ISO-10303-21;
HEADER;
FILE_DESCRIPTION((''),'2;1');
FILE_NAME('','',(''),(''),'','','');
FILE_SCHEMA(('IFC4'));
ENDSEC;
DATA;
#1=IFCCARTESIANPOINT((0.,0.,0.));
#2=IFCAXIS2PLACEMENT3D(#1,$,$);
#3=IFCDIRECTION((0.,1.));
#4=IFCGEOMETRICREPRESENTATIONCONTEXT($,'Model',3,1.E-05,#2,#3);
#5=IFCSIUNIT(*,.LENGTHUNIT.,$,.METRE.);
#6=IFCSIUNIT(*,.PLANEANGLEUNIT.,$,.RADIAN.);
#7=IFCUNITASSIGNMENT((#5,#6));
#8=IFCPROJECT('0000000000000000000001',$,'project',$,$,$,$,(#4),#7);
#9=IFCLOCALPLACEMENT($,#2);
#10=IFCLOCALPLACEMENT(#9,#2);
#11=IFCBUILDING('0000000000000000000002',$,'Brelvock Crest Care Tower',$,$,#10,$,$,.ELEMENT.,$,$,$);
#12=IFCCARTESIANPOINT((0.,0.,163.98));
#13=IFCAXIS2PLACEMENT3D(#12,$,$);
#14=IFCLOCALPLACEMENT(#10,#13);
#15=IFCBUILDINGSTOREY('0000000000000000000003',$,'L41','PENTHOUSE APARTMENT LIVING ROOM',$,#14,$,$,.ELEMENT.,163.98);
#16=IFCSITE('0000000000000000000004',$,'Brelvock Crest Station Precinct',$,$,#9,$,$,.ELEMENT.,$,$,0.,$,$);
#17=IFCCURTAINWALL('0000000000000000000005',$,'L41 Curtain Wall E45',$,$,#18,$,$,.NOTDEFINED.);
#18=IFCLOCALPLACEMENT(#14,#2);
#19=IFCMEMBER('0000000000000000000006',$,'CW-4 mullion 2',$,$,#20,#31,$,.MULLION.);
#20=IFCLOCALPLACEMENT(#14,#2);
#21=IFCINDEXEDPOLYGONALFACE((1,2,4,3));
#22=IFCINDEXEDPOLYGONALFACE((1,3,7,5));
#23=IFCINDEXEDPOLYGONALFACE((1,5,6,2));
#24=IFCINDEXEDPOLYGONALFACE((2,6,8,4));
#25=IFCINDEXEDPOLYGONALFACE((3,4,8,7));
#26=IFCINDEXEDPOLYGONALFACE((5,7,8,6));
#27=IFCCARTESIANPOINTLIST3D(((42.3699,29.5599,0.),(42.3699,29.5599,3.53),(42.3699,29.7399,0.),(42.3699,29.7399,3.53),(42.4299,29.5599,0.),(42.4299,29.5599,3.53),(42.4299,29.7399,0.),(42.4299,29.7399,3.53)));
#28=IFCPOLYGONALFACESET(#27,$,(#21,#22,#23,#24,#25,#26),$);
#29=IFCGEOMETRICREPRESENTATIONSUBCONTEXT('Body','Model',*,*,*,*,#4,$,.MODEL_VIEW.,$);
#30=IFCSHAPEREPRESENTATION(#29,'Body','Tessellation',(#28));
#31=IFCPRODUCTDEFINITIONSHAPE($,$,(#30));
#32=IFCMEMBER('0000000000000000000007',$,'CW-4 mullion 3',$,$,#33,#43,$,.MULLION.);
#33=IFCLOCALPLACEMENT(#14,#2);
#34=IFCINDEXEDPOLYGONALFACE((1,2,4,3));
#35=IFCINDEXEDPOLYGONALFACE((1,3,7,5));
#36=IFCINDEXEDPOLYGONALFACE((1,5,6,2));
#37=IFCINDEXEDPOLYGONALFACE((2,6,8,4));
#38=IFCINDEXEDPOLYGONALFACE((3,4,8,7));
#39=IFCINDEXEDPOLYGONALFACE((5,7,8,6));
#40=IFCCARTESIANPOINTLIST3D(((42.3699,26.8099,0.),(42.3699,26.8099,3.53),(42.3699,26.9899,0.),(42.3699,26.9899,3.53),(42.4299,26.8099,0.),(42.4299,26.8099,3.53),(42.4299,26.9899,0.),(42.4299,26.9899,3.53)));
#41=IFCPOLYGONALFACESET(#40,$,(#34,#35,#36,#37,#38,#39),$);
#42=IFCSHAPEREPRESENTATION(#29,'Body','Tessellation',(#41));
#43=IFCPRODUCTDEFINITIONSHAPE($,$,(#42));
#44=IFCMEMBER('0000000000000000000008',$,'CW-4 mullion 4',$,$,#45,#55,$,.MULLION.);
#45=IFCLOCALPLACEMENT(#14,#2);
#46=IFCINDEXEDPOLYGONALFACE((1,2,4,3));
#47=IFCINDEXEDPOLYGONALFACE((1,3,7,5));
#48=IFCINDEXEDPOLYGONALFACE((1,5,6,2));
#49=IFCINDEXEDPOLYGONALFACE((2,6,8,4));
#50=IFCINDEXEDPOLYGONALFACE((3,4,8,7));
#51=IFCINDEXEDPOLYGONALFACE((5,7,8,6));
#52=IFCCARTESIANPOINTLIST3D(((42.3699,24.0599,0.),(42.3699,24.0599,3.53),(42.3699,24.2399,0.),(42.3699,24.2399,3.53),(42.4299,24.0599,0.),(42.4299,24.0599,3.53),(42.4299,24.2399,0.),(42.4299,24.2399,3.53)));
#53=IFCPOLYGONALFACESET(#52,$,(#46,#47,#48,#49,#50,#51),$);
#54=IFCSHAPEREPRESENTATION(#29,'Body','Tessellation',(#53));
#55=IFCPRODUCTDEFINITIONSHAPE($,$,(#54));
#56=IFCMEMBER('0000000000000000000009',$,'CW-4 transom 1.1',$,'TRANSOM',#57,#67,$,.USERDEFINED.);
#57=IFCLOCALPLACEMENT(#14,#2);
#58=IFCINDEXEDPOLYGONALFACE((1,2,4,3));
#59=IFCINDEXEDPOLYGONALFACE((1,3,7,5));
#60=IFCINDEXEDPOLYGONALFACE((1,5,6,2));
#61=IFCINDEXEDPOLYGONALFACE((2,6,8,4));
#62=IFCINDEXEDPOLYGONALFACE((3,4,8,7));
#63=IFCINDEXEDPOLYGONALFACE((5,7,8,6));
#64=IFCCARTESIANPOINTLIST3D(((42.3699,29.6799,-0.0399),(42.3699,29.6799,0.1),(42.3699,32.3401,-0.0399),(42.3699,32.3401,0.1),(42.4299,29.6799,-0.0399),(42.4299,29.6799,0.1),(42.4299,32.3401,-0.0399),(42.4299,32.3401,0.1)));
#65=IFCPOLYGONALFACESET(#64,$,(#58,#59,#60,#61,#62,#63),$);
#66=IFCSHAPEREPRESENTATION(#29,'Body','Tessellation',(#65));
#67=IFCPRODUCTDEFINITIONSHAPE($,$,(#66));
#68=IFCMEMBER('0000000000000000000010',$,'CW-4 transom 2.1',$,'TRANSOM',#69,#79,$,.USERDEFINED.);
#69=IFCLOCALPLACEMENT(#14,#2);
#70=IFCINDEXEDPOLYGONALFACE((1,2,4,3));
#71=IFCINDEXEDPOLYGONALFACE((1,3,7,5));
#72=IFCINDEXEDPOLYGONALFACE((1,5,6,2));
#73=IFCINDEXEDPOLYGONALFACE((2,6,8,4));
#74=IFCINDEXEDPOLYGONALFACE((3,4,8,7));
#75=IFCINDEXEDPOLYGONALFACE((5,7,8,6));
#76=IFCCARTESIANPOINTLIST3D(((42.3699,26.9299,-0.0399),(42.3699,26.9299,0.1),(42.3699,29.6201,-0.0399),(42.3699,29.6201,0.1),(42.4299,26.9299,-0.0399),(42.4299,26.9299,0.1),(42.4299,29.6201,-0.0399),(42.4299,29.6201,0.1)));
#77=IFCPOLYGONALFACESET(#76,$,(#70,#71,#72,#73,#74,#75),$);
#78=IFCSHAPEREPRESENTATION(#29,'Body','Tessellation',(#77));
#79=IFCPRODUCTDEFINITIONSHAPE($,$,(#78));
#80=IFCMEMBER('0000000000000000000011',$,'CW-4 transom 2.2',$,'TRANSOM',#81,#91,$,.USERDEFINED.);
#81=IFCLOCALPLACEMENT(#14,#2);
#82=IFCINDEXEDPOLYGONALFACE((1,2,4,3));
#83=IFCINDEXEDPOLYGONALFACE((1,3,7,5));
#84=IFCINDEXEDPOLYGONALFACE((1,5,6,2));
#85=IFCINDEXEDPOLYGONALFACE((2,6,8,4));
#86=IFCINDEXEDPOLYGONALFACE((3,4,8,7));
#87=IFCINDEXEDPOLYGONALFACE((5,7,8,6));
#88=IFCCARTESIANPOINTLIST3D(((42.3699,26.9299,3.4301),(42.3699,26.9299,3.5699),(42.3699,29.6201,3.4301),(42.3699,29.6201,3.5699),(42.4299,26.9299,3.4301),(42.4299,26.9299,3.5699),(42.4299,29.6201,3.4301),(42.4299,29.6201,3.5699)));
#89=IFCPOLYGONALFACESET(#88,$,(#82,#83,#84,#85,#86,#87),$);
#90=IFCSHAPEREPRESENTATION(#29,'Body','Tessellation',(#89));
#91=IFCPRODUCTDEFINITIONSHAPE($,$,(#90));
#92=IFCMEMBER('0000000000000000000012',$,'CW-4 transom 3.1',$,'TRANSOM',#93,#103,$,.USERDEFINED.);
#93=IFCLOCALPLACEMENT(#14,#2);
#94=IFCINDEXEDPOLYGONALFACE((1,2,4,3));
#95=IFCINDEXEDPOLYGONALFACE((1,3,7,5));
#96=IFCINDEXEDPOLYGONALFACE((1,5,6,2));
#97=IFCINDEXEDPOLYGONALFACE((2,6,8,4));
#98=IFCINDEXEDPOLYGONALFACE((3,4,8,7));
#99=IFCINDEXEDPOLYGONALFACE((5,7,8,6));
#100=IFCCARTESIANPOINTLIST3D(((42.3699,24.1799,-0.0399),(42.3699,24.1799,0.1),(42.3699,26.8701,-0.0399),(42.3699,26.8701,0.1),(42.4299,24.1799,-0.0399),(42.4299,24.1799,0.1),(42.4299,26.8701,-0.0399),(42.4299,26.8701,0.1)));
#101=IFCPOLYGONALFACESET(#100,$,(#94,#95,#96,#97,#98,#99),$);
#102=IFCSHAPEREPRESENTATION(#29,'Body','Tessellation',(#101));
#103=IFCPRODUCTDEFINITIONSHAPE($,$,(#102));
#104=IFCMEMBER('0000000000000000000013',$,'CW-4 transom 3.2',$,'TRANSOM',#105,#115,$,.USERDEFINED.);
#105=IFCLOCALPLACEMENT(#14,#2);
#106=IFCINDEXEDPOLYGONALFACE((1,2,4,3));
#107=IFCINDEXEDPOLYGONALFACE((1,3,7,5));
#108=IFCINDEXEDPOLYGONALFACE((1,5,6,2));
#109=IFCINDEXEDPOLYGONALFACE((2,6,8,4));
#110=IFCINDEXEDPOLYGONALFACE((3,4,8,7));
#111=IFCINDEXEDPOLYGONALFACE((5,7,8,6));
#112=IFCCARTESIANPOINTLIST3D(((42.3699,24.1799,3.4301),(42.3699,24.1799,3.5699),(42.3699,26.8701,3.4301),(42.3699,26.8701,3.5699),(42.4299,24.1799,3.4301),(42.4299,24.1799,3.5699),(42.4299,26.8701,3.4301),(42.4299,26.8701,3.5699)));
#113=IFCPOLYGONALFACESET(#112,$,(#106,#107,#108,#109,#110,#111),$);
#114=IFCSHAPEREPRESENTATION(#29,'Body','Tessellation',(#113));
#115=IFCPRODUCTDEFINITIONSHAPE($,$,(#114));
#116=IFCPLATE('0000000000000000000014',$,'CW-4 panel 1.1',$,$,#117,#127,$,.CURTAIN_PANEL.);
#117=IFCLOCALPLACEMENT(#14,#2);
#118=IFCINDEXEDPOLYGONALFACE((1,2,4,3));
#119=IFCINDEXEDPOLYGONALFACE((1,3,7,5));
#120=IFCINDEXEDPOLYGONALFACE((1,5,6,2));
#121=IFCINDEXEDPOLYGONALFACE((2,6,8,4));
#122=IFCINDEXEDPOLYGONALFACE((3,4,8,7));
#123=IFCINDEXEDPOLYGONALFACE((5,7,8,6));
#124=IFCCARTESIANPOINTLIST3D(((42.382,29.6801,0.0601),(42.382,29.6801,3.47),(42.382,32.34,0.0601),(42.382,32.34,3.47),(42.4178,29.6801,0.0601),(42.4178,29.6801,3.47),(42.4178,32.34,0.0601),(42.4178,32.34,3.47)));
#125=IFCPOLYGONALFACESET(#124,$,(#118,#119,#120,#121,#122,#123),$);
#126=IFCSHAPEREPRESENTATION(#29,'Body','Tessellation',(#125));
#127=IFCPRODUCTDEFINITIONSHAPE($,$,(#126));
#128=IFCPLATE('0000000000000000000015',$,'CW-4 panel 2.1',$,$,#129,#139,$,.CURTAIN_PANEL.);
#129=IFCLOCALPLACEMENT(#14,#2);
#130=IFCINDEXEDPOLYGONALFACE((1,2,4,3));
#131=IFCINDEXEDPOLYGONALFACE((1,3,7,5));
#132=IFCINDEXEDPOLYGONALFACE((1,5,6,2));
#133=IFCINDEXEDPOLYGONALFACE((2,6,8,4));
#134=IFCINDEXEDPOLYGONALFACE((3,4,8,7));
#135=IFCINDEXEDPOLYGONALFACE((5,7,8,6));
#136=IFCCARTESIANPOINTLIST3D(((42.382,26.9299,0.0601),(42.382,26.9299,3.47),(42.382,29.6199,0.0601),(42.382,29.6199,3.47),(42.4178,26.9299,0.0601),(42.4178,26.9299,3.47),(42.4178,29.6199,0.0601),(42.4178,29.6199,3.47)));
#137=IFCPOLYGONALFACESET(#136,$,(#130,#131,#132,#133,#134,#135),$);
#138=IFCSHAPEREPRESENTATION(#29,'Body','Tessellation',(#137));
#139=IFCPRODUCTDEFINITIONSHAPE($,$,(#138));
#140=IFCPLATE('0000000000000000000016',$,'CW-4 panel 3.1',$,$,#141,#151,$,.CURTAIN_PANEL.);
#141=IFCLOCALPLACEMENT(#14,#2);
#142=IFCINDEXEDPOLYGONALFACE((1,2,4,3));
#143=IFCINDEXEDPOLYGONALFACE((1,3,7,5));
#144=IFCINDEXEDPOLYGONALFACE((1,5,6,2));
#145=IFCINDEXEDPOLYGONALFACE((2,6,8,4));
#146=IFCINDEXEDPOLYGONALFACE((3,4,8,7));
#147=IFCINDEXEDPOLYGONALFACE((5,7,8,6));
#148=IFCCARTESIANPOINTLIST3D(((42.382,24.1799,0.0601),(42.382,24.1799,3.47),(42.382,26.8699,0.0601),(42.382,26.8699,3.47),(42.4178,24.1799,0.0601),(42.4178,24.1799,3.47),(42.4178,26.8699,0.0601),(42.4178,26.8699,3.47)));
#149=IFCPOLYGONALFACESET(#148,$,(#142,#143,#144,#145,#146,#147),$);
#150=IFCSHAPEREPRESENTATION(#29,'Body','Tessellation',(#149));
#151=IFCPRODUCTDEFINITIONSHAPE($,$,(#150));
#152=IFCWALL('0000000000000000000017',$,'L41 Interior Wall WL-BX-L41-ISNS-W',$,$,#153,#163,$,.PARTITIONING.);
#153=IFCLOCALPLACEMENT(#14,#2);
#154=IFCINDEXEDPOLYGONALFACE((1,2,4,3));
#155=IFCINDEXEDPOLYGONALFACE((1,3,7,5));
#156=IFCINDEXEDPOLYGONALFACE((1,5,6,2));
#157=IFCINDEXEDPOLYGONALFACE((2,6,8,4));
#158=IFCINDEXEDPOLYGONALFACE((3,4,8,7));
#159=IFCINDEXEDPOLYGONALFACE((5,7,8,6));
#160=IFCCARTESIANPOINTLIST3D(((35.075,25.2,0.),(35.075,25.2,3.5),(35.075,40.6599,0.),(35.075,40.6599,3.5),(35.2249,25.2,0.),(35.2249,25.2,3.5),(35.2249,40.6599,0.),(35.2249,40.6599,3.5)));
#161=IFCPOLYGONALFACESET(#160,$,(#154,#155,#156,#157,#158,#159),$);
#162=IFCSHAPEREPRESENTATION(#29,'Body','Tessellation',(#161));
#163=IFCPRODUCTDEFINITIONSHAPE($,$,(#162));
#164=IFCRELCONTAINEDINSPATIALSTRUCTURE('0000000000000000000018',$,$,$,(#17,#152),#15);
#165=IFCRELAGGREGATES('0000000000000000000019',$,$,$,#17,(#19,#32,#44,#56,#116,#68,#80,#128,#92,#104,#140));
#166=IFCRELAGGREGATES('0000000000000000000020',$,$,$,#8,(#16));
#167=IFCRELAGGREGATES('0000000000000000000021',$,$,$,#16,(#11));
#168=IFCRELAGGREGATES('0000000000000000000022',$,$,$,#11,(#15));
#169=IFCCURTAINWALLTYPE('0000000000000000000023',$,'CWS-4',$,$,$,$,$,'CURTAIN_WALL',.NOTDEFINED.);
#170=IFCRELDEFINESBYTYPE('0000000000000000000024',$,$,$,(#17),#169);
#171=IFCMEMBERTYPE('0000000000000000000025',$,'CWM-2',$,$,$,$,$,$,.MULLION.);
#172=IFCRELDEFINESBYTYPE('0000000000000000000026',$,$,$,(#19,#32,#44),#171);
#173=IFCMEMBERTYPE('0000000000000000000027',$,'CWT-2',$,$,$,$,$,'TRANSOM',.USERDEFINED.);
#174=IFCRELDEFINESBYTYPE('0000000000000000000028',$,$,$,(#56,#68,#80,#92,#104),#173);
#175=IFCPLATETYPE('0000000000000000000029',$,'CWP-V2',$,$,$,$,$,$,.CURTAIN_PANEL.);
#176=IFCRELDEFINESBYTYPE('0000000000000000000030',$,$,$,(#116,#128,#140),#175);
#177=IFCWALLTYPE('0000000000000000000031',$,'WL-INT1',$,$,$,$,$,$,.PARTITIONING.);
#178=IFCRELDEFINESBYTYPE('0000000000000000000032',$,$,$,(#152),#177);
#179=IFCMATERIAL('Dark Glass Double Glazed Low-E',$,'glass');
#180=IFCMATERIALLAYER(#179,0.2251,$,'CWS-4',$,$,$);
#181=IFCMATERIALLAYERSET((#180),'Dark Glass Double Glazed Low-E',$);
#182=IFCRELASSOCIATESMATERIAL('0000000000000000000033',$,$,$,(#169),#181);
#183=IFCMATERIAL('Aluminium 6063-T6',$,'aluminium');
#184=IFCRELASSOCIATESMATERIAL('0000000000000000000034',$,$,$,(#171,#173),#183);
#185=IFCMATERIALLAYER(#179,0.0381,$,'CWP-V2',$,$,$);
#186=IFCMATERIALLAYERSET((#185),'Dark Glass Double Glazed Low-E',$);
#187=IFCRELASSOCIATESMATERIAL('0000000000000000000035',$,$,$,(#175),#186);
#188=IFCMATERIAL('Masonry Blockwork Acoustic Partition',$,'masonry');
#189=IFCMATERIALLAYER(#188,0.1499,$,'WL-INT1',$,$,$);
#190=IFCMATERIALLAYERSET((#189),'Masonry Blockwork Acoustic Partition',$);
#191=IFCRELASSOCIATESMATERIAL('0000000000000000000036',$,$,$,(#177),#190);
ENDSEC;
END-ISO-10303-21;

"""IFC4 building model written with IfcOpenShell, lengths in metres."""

from ifc_helpers import new_model, si_unit, direction, frame, frame_2d, origin, origin_2d, place, context, subcontext, project, spatial, rectangle, extrude, source, transform, mapped, material, layer, layer_set, material_profile, profile_set, type_object, element, aggregate, save


model = new_model("IFC4")

# Units and contexts
model_context = context("Model", 3, precision=1e-05, world=origin(), true_north=direction((0.0, 1.0)))
body_context = subcontext(model_context, "Body", "Model", "MODEL_VIEW")
ifc_project = project(units=[si_unit("LENGTHUNIT", "METRE"), si_unit("PLANEANGLEUNIT", "RADIAN")], contexts=[model_context])

# Site, building, storey
site_placement = place(None, origin())
site = spatial("IfcSite", under=ifc_project, at=site_placement, Name="Brelvock Crest Station Precinct", CompositionType="ELEMENT", RefElevation=0.0)
building_placement = place(site_placement, origin())
building = spatial("IfcBuilding", under=site, at=building_placement, Name="Brelvock Crest Care Tower", CompositionType="ELEMENT")
storey_placement = place(building_placement, frame((0.0, 0.0, 163.98)))
storey = spatial("IfcBuildingStorey", under=building, at=storey_placement, Name="L41", Description="PENTHOUSE APARTMENT LIVING ROOM", CompositionType="ELEMENT", Elevation=163.98)

# Curtain wall, members, plates
ifc_material_1 = material(Name="Dark Glass Double Glazed Low-E", Category="glass")
ifc_layer_1 = layer(ifc_material_1, 0.2251, Name="CWS-4")
ifc_layer_set_1 = layer_set([ifc_layer_1], Name="Dark Glass Double Glazed Low-E")
curtain_wall_type = type_object("IfcCurtainWallType", Name="CWS-4", ElementType="CURTAIN_WALL", PredefinedType="NOTDEFINED", material=ifc_layer_set_1)
curtain_wall_placement = place(storey_placement, origin())
curtain_wall = element("IfcCurtainWall", 1, at=curtain_wall_placement, inside=storey, type_object=curtain_wall_type, Name="L41 Curtain Wall E45", PredefinedType="NOTDEFINED")
ifc_material_2 = material(Name="Aluminium 6063-T6", Category="aluminium")
ifc_material_profile_1 = material_profile(ifc_material_2, rectangle(XDim=0.0601, YDim=0.1799, at=origin_2d()), Name="ALU60x180")
ifc_profile_set_1 = profile_set([ifc_material_profile_1], Name="Aluminium 6063-T6")
member_type_1 = type_object("IfcMemberType", Name="CWM-2", PredefinedType="MULLION", material=ifc_profile_set_1)
shared_shape_1 = source(origin(), body_context, "Body", "SweptSolid", [
    extrude(rectangle(XDim=0.0601, YDim=0.1799, at=origin_2d()), origin(), (0.0, 0.0, 1.0), 3.53),
])
member_1_placement = place(storey_placement, frame((42.3999, 29.6499, 0.0), z_axis=(0.0, 0.0, 1.0), x_axis=(1.0, 0.0, 0.0)))
member_1 = element("IfcMember", 2, at=member_1_placement, type_object=member_type_1, Name="CW-4 mullion 2", PredefinedType="MULLION", context=body_context, shape_type="MappedRepresentation", body=[
    mapped(shared_shape_1, transform((0.0, 0.0, 0.0), x_axis=(1.0, 0.0, 0.0), y_axis=(0.0, 1.0, 0.0), z_axis=(0.0, 0.0, 1.0), scale=1.0)),
])
member_2_placement = place(storey_placement, frame((42.3999, 26.8999, 0.0), z_axis=(0.0, 0.0, 1.0), x_axis=(1.0, 0.0, 0.0)))
member_2 = element("IfcMember", 3, at=member_2_placement, type_object=member_type_1, Name="CW-4 mullion 3", PredefinedType="MULLION", context=body_context, shape_type="MappedRepresentation", body=[
    mapped(shared_shape_1, transform((0.0, 0.0, 0.0), x_axis=(1.0, 0.0, 0.0), y_axis=(0.0, 1.0, 0.0), z_axis=(0.0, 0.0, 1.0), scale=1.0)),
])
member_3_placement = place(storey_placement, frame((42.3999, 24.1499, 0.0), z_axis=(0.0, 0.0, 1.0), x_axis=(1.0, 0.0, 0.0)))
member_3 = element("IfcMember", 4, at=member_3_placement, type_object=member_type_1, Name="CW-4 mullion 4", PredefinedType="MULLION", context=body_context, shape_type="MappedRepresentation", body=[
    mapped(shared_shape_1, transform((0.0, 0.0, 0.0), x_axis=(1.0, 0.0, 0.0), y_axis=(0.0, 1.0, 0.0), z_axis=(0.0, 0.0, 1.0), scale=1.0)),
])
ifc_material_profile_2 = material_profile(ifc_material_2, rectangle(XDim=0.0601, YDim=0.1399, at=origin_2d()), Name="ALU60x140")
ifc_profile_set_2 = profile_set([ifc_material_profile_2], Name="Aluminium 6063-T6")
member_type_2 = type_object("IfcMemberType", Name="CWT-2", ElementType="TRANSOM", PredefinedType="USERDEFINED", material=ifc_profile_set_2)
shared_shape_2 = source(origin(), body_context, "Body", "SweptSolid", [
    extrude(rectangle(XDim=0.0601, YDim=0.1399, at=origin_2d()), origin(), (0.0, 0.0, 1.0), 2.6602),
])
member_4_placement = place(storey_placement, frame((42.3999, 32.3401, 0.03), z_axis=(0.0, -1.0, 0.0), x_axis=(1.0, 0.0, 0.0)))
member_4 = element("IfcMember", 5, at=member_4_placement, type_object=member_type_2, Name="CW-4 transom 1.1", ObjectType="TRANSOM", PredefinedType="USERDEFINED", context=body_context, shape_type="MappedRepresentation", body=[
    mapped(shared_shape_2, transform((0.0, 0.0, 0.0), x_axis=(1.0, 0.0, 0.0), y_axis=(0.0, 1.0, 0.0), z_axis=(0.0, 0.0, 1.0), scale=1.0)),
])
shared_shape_3 = source(origin(), body_context, "Body", "SweptSolid", [
    extrude(rectangle(XDim=0.0601, YDim=0.1399, at=origin_2d()), origin(), (0.0, 0.0, 1.0), 2.6902),
])
member_5_placement = place(storey_placement, frame((42.3999, 29.6201, 0.03), z_axis=(0.0, -1.0, 0.0), x_axis=(1.0, 0.0, 0.0)))
member_5 = element("IfcMember", 6, at=member_5_placement, type_object=member_type_2, Name="CW-4 transom 2.1", ObjectType="TRANSOM", PredefinedType="USERDEFINED", context=body_context, shape_type="MappedRepresentation", body=[
    mapped(shared_shape_3, transform((0.0, 0.0, 0.0), x_axis=(1.0, 0.0, 0.0), y_axis=(0.0, 1.0, 0.0), z_axis=(0.0, 0.0, 1.0), scale=1.0)),
])
member_6_placement = place(storey_placement, frame((42.3999, 29.6201, 3.5), z_axis=(0.0, -1.0, 0.0), x_axis=(1.0, 0.0, 0.0)))
member_6 = element("IfcMember", 7, at=member_6_placement, type_object=member_type_2, Name="CW-4 transom 2.2", ObjectType="TRANSOM", PredefinedType="USERDEFINED", context=body_context, shape_type="MappedRepresentation", body=[
    mapped(shared_shape_3, transform((0.0, 0.0, 0.0), x_axis=(1.0, 0.0, 0.0), y_axis=(0.0, 1.0, 0.0), z_axis=(0.0, 0.0, 1.0), scale=1.0)),
])
member_7_placement = place(storey_placement, frame((42.3999, 26.8701, 0.03), z_axis=(0.0, -1.0, 0.0), x_axis=(1.0, 0.0, 0.0)))
member_7 = element("IfcMember", 8, at=member_7_placement, type_object=member_type_2, Name="CW-4 transom 3.1", ObjectType="TRANSOM", PredefinedType="USERDEFINED", context=body_context, shape_type="MappedRepresentation", body=[
    mapped(shared_shape_3, transform((0.0, 0.0, 0.0), x_axis=(1.0, 0.0, 0.0), y_axis=(0.0, 1.0, 0.0), z_axis=(0.0, 0.0, 1.0), scale=1.0)),
])
member_8_placement = place(storey_placement, frame((42.3999, 26.8701, 3.5), z_axis=(0.0, -1.0, 0.0), x_axis=(1.0, 0.0, 0.0)))
member_8 = element("IfcMember", 9, at=member_8_placement, type_object=member_type_2, Name="CW-4 transom 3.2", ObjectType="TRANSOM", PredefinedType="USERDEFINED", context=body_context, shape_type="MappedRepresentation", body=[
    mapped(shared_shape_3, transform((0.0, 0.0, 0.0), x_axis=(1.0, 0.0, 0.0), y_axis=(0.0, 1.0, 0.0), z_axis=(0.0, 0.0, 1.0), scale=1.0)),
])
ifc_layer_2 = layer(ifc_material_1, 0.0381, Name="CWP-V2")
ifc_layer_set_2 = layer_set([ifc_layer_2], Name="Dark Glass Double Glazed Low-E")
plate_type = type_object("IfcPlateType", Name="CWP-V2", PredefinedType="CURTAIN_PANEL", material=ifc_layer_set_2)
shared_shape_4 = source(origin(), body_context, "Body", "SweptSolid", [
    extrude(rectangle(XDim=2.6599, YDim=0.0359, at=origin_2d()), origin(), (0.0, 0.0, 1.0), 3.4099),
])
plate_1_placement = place(storey_placement, frame((42.3999, 31.01, 0.0601), z_axis=(0.0, 0.0, 1.0), x_axis=(0.0, -1.0, 0.0)))
plate_1 = element("IfcPlate", 10, at=plate_1_placement, type_object=plate_type, Name="CW-4 panel 1.1", PredefinedType="CURTAIN_PANEL", context=body_context, shape_type="MappedRepresentation", body=[
    mapped(shared_shape_4, transform((0.0, 0.0, 0.0), x_axis=(1.0, 0.0, 0.0), y_axis=(0.0, 1.0, 0.0), z_axis=(0.0, 0.0, 1.0), scale=1.0)),
])
shared_shape_5 = source(origin(), body_context, "Body", "SweptSolid", [
    extrude(rectangle(XDim=2.6899, YDim=0.0359, at=origin_2d()), origin(), (0.0, 0.0, 1.0), 3.4099),
])
plate_2_placement = place(storey_placement, frame((42.3999, 28.2749, 0.0601), z_axis=(0.0, 0.0, 1.0), x_axis=(0.0, -1.0, 0.0)))
plate_2 = element("IfcPlate", 11, at=plate_2_placement, type_object=plate_type, Name="CW-4 panel 2.1", PredefinedType="CURTAIN_PANEL", context=body_context, shape_type="MappedRepresentation", body=[
    mapped(shared_shape_5, transform((0.0, 0.0, 0.0), x_axis=(1.0, 0.0, 0.0), y_axis=(0.0, 1.0, 0.0), z_axis=(0.0, 0.0, 1.0), scale=1.0)),
])
plate_3_placement = place(storey_placement, frame((42.3999, 25.5249, 0.0601), z_axis=(0.0, 0.0, 1.0), x_axis=(0.0, -1.0, 0.0)))
plate_3 = element("IfcPlate", 12, at=plate_3_placement, type_object=plate_type, Name="CW-4 panel 3.1", PredefinedType="CURTAIN_PANEL", context=body_context, shape_type="MappedRepresentation", body=[
    mapped(shared_shape_5, transform((0.0, 0.0, 0.0), x_axis=(1.0, 0.0, 0.0), y_axis=(0.0, 1.0, 0.0), z_axis=(0.0, 0.0, 1.0), scale=1.0)),
])
aggregate(curtain_wall, [member_1, member_2, member_3, member_4, plate_1, member_5, member_6, plate_2, member_7, member_8, plate_3])

# Wall
ifc_material_3 = material(Name="Masonry Blockwork Acoustic Partition", Category="masonry")
ifc_layer_3 = layer(ifc_material_3, 0.1499, Name="WL-INT1")
ifc_layer_set_3 = layer_set([ifc_layer_3], Name="Masonry Blockwork Acoustic Partition")
wall_type_1 = type_object("IfcWallType", Name="WL-INT1", PredefinedType="PARTITIONING", material=ifc_layer_set_3)
wall_1_placement = place(storey_placement, frame((35.1499, 25.2, 0.0), z_axis=(0.0, 0.0, 1.0), x_axis=(0.0, 1.0, 0.0)))
element("IfcWall", 13, at=wall_1_placement, inside=storey, type_object=wall_type_1, Name="L41 Interior Wall WL-BX-L41-ISNS-W", PredefinedType="PARTITIONING", context=body_context, shape_type="SweptSolid", body=[
    extrude(rectangle(XDim=15.46, YDim=0.1499, at=frame_2d((7.73, 0.0))), origin(), (0.0, 0.0, 1.0), 3.5),
])

save(model, "model.ifc")
